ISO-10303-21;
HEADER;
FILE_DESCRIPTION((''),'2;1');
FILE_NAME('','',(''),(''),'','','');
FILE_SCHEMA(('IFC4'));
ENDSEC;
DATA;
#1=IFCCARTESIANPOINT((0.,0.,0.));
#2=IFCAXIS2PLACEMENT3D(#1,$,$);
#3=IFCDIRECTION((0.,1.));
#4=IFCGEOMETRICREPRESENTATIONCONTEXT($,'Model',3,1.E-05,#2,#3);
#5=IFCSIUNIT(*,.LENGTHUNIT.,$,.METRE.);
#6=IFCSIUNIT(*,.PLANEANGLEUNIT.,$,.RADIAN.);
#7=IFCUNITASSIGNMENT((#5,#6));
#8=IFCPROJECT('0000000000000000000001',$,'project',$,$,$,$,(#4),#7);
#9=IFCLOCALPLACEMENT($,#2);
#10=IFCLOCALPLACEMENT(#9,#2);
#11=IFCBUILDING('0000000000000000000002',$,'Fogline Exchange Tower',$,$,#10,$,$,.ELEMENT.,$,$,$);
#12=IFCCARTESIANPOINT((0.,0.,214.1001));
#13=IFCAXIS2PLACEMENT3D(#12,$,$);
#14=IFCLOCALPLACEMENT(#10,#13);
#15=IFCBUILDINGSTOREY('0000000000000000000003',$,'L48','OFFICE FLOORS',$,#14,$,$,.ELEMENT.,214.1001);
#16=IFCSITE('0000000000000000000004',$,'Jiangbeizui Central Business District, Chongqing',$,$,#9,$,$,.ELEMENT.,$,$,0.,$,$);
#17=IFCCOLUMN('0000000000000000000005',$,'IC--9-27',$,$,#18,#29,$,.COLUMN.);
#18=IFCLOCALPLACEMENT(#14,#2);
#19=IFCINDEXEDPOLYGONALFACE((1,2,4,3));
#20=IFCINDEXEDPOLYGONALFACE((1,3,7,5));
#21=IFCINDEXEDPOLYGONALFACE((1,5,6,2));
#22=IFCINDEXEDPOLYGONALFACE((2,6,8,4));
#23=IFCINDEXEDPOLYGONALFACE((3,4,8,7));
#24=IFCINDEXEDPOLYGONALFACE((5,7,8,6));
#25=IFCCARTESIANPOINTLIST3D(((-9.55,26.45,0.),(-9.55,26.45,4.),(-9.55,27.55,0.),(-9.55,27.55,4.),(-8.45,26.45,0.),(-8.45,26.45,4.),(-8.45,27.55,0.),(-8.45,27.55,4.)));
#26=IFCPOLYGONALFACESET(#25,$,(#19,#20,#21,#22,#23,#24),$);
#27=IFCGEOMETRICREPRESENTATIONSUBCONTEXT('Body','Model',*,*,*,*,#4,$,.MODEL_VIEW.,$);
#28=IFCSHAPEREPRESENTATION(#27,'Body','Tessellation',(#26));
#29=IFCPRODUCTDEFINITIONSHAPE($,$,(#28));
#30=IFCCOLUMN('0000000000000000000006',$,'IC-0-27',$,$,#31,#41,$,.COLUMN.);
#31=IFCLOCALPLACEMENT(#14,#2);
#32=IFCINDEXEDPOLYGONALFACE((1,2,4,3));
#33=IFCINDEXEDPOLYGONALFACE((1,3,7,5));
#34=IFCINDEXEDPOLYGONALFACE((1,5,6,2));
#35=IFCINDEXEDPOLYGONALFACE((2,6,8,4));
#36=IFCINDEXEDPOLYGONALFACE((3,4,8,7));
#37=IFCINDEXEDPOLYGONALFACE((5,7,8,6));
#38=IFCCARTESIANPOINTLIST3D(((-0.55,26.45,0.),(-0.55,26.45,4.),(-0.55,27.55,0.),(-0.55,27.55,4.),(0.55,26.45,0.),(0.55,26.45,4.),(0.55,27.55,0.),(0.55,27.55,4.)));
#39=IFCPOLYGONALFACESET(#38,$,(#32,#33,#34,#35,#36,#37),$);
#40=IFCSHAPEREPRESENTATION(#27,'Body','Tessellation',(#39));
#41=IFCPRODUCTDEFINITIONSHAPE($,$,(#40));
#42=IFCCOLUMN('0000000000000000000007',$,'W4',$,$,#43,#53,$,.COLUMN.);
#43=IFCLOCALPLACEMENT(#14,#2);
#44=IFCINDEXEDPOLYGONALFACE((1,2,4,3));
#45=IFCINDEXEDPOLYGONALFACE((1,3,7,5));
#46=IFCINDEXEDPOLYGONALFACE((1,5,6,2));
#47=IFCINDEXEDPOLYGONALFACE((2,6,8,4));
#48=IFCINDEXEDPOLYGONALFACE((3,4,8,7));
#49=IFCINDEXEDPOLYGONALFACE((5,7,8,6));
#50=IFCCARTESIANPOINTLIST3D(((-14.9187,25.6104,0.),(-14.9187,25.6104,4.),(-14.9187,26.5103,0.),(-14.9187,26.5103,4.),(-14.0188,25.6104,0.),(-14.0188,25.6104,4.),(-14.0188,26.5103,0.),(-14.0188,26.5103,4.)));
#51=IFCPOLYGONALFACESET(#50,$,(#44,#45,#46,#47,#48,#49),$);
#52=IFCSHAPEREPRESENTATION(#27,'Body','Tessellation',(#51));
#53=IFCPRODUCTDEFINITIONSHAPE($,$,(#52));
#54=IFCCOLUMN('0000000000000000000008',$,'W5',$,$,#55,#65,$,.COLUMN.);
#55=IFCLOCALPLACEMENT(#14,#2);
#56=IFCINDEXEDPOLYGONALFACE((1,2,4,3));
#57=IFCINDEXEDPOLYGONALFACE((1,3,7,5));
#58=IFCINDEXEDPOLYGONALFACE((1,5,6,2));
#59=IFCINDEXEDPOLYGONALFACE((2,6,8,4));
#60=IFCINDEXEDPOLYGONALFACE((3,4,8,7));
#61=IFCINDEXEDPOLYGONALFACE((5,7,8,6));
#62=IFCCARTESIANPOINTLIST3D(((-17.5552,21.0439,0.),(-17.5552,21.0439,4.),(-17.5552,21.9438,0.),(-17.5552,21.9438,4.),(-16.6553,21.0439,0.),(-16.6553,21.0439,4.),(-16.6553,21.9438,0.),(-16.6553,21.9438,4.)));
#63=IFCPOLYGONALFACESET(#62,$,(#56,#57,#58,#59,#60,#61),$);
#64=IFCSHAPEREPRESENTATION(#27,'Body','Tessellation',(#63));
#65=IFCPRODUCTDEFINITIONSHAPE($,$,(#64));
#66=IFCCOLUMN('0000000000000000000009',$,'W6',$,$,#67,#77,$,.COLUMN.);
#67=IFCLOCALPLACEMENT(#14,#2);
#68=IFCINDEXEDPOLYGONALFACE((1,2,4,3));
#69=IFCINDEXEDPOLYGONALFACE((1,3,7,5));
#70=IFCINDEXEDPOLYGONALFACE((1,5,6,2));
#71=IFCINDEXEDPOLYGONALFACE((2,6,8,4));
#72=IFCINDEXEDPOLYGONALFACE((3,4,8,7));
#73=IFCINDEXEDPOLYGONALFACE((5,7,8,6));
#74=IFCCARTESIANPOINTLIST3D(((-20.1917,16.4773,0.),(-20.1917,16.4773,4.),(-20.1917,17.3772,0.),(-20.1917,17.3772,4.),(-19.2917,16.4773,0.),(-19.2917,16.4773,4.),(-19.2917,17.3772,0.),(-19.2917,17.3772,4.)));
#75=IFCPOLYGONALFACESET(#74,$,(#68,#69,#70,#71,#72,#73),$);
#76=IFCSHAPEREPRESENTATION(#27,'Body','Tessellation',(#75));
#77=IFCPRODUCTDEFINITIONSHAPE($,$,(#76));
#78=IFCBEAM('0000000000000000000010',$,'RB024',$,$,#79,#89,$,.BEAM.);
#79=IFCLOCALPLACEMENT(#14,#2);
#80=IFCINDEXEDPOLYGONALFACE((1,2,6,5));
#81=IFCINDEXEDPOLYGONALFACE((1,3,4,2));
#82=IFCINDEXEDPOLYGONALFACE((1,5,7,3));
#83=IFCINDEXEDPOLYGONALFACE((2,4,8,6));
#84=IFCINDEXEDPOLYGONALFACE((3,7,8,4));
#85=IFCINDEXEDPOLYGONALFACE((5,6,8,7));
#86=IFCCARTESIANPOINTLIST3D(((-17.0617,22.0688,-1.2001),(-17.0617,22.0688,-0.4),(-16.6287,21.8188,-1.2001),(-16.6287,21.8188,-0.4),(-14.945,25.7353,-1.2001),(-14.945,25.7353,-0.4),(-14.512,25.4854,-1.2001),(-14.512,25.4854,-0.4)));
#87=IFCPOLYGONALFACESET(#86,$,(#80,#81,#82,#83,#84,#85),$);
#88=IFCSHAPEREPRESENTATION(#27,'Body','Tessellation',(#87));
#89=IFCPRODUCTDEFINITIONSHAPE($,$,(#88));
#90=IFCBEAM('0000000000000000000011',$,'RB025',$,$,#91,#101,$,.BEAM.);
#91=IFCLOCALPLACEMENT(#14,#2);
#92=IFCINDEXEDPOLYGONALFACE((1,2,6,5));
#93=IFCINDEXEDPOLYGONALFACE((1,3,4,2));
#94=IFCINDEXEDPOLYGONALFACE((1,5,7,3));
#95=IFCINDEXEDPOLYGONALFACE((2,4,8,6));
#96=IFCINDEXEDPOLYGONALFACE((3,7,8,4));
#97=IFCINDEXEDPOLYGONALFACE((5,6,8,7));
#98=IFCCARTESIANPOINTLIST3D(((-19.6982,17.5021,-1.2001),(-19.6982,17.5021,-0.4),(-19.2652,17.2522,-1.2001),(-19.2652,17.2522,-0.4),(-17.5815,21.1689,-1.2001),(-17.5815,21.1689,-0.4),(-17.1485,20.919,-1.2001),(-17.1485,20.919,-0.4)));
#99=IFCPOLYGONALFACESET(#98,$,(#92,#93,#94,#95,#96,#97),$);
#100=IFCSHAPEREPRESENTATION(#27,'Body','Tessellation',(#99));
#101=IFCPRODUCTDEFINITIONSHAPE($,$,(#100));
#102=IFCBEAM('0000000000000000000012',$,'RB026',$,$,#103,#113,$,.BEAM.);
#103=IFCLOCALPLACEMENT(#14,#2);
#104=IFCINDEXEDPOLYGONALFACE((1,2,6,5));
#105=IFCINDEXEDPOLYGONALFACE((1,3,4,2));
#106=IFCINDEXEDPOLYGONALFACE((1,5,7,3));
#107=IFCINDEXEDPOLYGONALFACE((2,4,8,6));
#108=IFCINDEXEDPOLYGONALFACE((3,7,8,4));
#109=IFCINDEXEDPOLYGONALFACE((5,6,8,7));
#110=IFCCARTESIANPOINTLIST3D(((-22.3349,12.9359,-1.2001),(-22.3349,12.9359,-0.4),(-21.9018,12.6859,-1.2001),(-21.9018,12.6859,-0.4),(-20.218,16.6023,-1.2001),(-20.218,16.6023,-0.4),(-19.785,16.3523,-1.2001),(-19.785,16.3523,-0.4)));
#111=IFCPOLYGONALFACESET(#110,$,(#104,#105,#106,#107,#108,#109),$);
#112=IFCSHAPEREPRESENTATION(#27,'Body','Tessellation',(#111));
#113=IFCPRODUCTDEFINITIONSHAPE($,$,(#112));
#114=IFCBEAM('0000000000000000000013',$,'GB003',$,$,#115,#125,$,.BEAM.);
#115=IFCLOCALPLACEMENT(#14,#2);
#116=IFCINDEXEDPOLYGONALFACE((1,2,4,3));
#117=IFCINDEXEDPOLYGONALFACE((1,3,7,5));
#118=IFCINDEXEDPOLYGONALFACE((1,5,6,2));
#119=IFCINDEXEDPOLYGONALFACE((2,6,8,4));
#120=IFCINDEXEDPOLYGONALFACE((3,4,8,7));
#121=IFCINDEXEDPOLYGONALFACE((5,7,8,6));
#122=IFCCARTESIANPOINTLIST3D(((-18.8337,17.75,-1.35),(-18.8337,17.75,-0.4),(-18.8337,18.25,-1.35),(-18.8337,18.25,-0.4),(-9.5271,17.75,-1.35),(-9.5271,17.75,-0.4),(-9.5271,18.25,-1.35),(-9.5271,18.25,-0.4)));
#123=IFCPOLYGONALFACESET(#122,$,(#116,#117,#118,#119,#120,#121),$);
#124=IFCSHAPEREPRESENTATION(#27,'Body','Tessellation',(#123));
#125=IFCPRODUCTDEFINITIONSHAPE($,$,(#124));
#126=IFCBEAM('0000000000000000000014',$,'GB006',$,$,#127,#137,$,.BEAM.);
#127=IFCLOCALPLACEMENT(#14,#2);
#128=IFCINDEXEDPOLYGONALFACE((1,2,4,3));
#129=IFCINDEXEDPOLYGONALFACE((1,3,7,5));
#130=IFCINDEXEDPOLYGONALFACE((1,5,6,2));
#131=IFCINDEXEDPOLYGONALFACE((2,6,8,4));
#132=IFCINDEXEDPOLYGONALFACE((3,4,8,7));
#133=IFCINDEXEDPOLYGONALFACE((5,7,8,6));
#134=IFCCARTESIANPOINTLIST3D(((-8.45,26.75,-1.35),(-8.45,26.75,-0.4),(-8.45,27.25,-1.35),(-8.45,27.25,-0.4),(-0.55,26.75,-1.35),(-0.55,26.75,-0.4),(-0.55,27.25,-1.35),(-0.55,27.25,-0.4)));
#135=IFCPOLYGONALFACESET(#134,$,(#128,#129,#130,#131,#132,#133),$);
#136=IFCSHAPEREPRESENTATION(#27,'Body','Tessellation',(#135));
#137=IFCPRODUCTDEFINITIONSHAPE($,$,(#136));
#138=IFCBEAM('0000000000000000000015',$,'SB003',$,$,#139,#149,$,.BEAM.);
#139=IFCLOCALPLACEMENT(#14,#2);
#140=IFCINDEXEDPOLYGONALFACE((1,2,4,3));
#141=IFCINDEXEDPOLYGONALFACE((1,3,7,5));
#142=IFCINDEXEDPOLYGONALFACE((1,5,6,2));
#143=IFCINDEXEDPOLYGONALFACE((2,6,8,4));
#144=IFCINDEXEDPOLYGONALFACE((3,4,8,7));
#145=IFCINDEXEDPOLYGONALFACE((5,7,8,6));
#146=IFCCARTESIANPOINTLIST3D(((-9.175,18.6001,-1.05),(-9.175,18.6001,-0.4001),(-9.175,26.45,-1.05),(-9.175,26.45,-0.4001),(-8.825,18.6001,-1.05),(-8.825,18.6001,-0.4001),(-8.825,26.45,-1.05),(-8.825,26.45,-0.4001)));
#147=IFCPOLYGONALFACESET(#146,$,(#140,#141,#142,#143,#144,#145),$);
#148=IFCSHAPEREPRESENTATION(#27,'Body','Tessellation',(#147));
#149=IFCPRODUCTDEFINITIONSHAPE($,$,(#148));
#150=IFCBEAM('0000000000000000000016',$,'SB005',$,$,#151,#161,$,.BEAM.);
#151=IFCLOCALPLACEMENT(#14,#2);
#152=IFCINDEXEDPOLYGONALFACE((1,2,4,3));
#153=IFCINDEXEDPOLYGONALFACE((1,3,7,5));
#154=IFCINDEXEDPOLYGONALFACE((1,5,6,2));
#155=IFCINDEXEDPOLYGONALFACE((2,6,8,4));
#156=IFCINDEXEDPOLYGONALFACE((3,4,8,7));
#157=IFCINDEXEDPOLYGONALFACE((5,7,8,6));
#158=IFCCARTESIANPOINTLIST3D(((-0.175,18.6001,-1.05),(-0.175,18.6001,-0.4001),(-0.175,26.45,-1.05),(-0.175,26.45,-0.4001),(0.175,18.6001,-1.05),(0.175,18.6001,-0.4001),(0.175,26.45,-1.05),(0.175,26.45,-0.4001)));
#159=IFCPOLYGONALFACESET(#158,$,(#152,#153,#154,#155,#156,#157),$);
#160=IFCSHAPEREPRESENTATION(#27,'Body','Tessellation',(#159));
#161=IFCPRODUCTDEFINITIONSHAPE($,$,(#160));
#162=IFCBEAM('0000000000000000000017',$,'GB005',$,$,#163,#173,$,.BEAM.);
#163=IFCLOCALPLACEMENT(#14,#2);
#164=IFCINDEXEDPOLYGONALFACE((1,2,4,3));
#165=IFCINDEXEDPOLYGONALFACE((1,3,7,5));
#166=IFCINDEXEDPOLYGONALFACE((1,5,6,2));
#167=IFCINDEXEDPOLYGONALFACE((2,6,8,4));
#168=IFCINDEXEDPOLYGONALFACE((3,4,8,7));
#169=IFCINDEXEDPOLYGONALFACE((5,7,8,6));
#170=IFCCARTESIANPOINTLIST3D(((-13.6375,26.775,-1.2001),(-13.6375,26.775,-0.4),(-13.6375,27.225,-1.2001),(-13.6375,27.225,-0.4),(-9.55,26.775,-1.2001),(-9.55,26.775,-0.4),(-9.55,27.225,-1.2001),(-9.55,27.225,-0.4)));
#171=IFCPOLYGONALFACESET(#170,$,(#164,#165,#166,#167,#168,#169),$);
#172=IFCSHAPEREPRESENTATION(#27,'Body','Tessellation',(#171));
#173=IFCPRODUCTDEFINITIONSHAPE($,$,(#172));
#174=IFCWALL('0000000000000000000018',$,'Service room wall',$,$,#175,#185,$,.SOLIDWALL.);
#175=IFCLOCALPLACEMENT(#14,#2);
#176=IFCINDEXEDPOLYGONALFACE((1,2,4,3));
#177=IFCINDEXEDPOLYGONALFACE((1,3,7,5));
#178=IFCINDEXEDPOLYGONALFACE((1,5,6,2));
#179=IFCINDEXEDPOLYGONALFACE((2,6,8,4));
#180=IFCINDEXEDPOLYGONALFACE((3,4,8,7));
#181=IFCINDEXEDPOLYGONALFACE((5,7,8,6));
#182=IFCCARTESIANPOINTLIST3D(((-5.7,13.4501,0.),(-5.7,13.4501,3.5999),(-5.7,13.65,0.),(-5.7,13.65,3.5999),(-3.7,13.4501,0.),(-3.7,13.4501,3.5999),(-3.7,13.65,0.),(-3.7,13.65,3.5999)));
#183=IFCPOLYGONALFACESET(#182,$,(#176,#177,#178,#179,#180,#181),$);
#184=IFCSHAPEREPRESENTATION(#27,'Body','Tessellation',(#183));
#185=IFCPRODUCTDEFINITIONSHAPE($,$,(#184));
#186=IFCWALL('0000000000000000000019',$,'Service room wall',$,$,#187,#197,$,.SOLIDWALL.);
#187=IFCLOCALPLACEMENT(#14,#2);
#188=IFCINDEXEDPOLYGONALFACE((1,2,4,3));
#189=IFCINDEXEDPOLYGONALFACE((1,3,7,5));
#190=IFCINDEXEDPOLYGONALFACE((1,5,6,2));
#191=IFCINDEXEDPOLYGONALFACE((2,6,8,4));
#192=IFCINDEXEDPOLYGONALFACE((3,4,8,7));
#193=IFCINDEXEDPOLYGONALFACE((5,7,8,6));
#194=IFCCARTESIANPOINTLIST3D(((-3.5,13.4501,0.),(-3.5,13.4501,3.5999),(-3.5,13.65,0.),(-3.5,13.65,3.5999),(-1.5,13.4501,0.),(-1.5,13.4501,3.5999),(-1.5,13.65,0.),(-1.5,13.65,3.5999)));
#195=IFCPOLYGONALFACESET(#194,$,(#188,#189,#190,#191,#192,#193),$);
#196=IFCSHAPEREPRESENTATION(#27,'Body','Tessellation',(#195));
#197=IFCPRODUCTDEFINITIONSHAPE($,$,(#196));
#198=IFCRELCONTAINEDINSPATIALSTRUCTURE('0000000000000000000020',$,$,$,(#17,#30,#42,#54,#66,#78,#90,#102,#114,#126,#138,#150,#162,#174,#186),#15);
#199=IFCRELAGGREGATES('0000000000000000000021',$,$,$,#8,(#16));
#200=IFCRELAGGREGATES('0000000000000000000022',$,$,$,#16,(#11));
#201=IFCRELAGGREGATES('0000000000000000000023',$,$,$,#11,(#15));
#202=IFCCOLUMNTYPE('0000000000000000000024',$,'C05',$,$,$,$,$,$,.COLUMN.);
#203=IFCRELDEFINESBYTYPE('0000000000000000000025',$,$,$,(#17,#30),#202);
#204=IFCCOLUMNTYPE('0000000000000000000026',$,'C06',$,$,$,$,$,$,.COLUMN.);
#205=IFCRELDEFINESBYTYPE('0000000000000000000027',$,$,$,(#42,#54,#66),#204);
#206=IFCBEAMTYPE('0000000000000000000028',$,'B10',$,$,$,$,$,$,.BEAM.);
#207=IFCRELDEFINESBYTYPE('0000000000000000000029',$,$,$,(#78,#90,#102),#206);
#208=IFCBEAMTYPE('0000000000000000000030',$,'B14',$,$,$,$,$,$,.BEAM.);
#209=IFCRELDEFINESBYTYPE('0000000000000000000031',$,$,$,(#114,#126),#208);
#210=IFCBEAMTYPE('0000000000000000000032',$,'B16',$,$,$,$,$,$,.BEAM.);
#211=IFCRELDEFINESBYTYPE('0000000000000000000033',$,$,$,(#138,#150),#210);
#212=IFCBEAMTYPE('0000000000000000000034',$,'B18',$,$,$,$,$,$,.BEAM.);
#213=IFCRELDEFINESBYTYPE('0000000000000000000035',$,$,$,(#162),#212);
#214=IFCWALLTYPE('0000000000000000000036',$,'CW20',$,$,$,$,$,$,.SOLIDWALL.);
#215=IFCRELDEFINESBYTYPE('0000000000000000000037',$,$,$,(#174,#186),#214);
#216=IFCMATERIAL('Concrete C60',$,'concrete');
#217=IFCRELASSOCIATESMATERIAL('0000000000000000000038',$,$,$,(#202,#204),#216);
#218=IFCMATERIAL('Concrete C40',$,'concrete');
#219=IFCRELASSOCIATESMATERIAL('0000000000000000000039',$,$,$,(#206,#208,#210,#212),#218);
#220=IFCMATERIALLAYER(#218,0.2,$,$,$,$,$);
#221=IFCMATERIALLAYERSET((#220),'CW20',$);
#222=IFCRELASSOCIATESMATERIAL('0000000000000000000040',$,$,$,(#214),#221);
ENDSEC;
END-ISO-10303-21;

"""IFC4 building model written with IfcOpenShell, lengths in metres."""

from ifc_helpers import new_model, si_unit, direction, frame, frame_2d, origin, origin_2d, place, context, subcontext, project, spatial, rectangle, extrude, material, layer, layer_set, material_profile, profile_set, type_object, element, save


model = new_model("IFC4")

# Units and contexts
model_context = context("Model", 3, precision=1e-05, world=origin(), true_north=direction((0.0, 1.0)))
body_context = subcontext(model_context, "Body", "Model", "MODEL_VIEW")
ifc_project = project(units=[si_unit("LENGTHUNIT", "METRE"), si_unit("PLANEANGLEUNIT", "RADIAN")], contexts=[model_context])

# Site, building, storey
site_placement = place(None, origin())
site = spatial("IfcSite", under=ifc_project, at=site_placement, Name="Jiangbeizui Central Business District, Chongqing", CompositionType="ELEMENT", RefElevation=0.0)
building_placement = place(site_placement, origin())
building = spatial("IfcBuilding", under=site, at=building_placement, Name="Fogline Exchange Tower", CompositionType="ELEMENT")
storey_placement = place(building_placement, frame((0.0, 0.0, 214.1001)))
storey = spatial("IfcBuildingStorey", under=building, at=storey_placement, Name="L48", Description="OFFICE FLOORS", CompositionType="ELEMENT", Elevation=214.1001)

# Columns
ifc_material_1 = material(Name="Concrete C60", Category="concrete")
ifc_material_profile_1 = material_profile(ifc_material_1, rectangle(XDim=1.1001, YDim=1.1001, at=origin_2d()), Name="RC 1100x1100")
ifc_profile_set_1 = profile_set([ifc_material_profile_1], Name="Concrete C60")
column_type_1 = type_object("IfcColumnType", Name="C05", PredefinedType="COLUMN", material=ifc_profile_set_1)
for number, where, z_axis, x_axis, name in (
    (1, (-9.0, 27.0, 0.0), (0.0, 0.0, 1.0), (1.0, 0.0, 0.0), "IC--9-27"),
    (2, (0.0, 27.0, 0.0), (0.0, 0.0, 1.0), (1.0, 0.0, 0.0), "IC-0-27"),
):
    element("IfcColumn", number, at=place(storey_placement, frame(where, z_axis=z_axis, x_axis=x_axis)), inside=storey, type_object=column_type_1, Name=name, PredefinedType="COLUMN", context=body_context, shape_type="SweptSolid", body=[
        extrude(rectangle(XDim=1.1001, YDim=1.1001, at=origin_2d()), origin(), (0.0, 0.0, 1.0), 4.0),
    ])
ifc_material_profile_2 = material_profile(ifc_material_1, rectangle(XDim=0.8999, YDim=0.8999, at=origin_2d()), Name="RC 900x900")
ifc_profile_set_2 = profile_set([ifc_material_profile_2], Name="Concrete C60")
column_type_2 = type_object("IfcColumnType", Name="C06", PredefinedType="COLUMN", material=ifc_profile_set_2)
for number, where, z_axis, x_axis, name in (
    (3, (-14.4688, 26.0603, 0.0), (0.0, 0.0, 1.0), (1.0, 0.0, 0.0), "W4"),
    (4, (-17.1052, 21.4939, 0.0), (0.0, 0.0, 1.0), (1.0, 0.0, 0.0), "W5"),
    (5, (-19.7417, 16.9272, 0.0), (0.0, 0.0, 1.0), (1.0, 0.0, 0.0), "W6"),
):
    element("IfcColumn", number, at=place(storey_placement, frame(where, z_axis=z_axis, x_axis=x_axis)), inside=storey, type_object=column_type_2, Name=name, PredefinedType="COLUMN", context=body_context, shape_type="SweptSolid", body=[
        extrude(rectangle(XDim=0.8999, YDim=0.8999, at=origin_2d()), origin(), (0.0, 0.0, 1.0), 4.0),
    ])

# Beams
ifc_material_2 = material(Name="Concrete C40", Category="concrete")
ifc_material_profile_3 = material_profile(ifc_material_2, rectangle(XDim=0.5, YDim=0.8, at=origin_2d()), Name="RC 500x800")
ifc_profile_set_3 = profile_set([ifc_material_profile_3], Name="Concrete C40")
beam_type_1 = type_object("IfcBeamType", Name="B10", PredefinedType="BEAM", material=ifc_profile_set_3)
beam_1_placement = place(storey_placement, frame((-14.7285, 25.6104, -0.8), z_axis=(-0.499972, -0.866042, 0.0), x_axis=(0.866042, -0.499972, 0.0)))
element("IfcBeam", 6, at=beam_1_placement, inside=storey, type_object=beam_type_1, Name="RB024", PredefinedType="BEAM", context=body_context, shape_type="SweptSolid", body=[
    extrude(rectangle(XDim=0.5, YDim=0.8, at=origin_2d()), origin(), (0.0, 0.0, 1.0), 4.2336),
])
beam_2_placement = place(storey_placement, frame((-17.365, 21.0439, -0.8), z_axis=(-0.499947, -0.866056, 0.0), x_axis=(0.866056, -0.499947, 0.0)))
element("IfcBeam", 7, at=beam_2_placement, inside=storey, type_object=beam_type_1, Name="RB025", PredefinedType="BEAM", context=body_context, shape_type="SweptSolid", body=[
    extrude(rectangle(XDim=0.5, YDim=0.8, at=origin_2d()), origin(), (0.0, 0.0, 1.0), 4.2339),
])
beam_3_placement = place(storey_placement, frame((-20.0015, 16.4773, -0.8), z_axis=(-0.500015, -0.866017, 0.0), x_axis=(0.866017, -0.500015, 0.0)))
element("IfcBeam", 8, at=beam_3_placement, inside=storey, type_object=beam_type_1, Name="RB026", PredefinedType="BEAM", context=body_context, shape_type="SweptSolid", body=[
    extrude(rectangle(XDim=0.5, YDim=0.8, at=origin_2d()), origin(), (0.0, 0.0, 1.0), 4.2336),
])
ifc_material_profile_4 = material_profile(ifc_material_2, rectangle(XDim=0.5, YDim=0.95, at=origin_2d()), Name="RC 500x950")
ifc_profile_set_4 = profile_set([ifc_material_profile_4], Name="Concrete C40")
beam_type_2 = type_object("IfcBeamType", Name="B14", PredefinedType="BEAM", material=ifc_profile_set_4)
beam_4_placement = place(storey_placement, frame((-18.8337, 18.0, -0.875), z_axis=(1.0, 0.0, 0.0), x_axis=(0.0, 1.0, 0.0)))
element("IfcBeam", 9, at=beam_4_placement, inside=storey, type_object=beam_type_2, Name="GB003", PredefinedType="BEAM", context=body_context, shape_type="SweptSolid", body=[
    extrude(rectangle(XDim=0.5, YDim=0.95, at=origin_2d()), origin(), (0.0, 0.0, 1.0), 9.3066),
])
beam_5_placement = place(storey_placement, frame((-8.45, 27.0, -0.875), z_axis=(1.0, 0.0, 0.0), x_axis=(0.0, 1.0, 0.0)))
element("IfcBeam", 10, at=beam_5_placement, inside=storey, type_object=beam_type_2, Name="GB006", PredefinedType="BEAM", context=body_context, shape_type="SweptSolid", body=[
    extrude(rectangle(XDim=0.5, YDim=0.95, at=origin_2d()), origin(), (0.0, 0.0, 1.0), 7.8999),
])
ifc_material_profile_5 = material_profile(ifc_material_2, rectangle(XDim=0.3501, YDim=0.6499, at=origin_2d()), Name="RC 350x650")
ifc_profile_set_5 = profile_set([ifc_material_profile_5], Name="Concrete C40")
beam_type_3 = type_object("IfcBeamType", Name="B16", PredefinedType="BEAM", material=ifc_profile_set_5)
for number, where, z_axis, x_axis, name in (
    (11, (-9.0, 18.6001, -0.7251), (0.0, 1.0, 0.0), (-1.0, 0.0, 0.0), "SB003"),
    (12, (0.0, 18.6001, -0.7251), (0.0, 1.0, 0.0), (-1.0, 0.0, 0.0), "SB005"),
):
    element("IfcBeam", number, at=place(storey_placement, frame(where, z_axis=z_axis, x_axis=x_axis)), inside=storey, type_object=beam_type_3, Name=name, PredefinedType="BEAM", context=body_context, shape_type="SweptSolid", body=[
        extrude(rectangle(XDim=0.3501, YDim=0.6499, at=origin_2d()), origin(), (0.0, 0.0, 1.0), 7.8499),
    ])
ifc_material_profile_6 = material_profile(ifc_material_2, rectangle(XDim=0.45, YDim=0.8, at=origin_2d()), Name="RC 450x800")
ifc_profile_set_6 = profile_set([ifc_material_profile_6], Name="Concrete C40")
beam_type_4 = type_object("IfcBeamType", Name="B18", PredefinedType="BEAM", material=ifc_profile_set_6)
beam_6_placement = place(storey_placement, frame((-13.6375, 27.0, -0.8), z_axis=(1.0, 0.0, 0.0), x_axis=(0.0, 1.0, 0.0)))
element("IfcBeam", 13, at=beam_6_placement, inside=storey, type_object=beam_type_4, Name="GB005", PredefinedType="BEAM", context=body_context, shape_type="SweptSolid", body=[
    extrude(rectangle(XDim=0.45, YDim=0.8, at=origin_2d()), origin(), (0.0, 0.0, 1.0), 4.0874),
])

# Walls
ifc_layer_1 = layer(ifc_material_2, 0.2)
ifc_layer_set_1 = layer_set([ifc_layer_1], Name="CW20")
wall_type_1 = type_object("IfcWallType", Name="CW20", PredefinedType="SOLIDWALL", material=ifc_layer_set_1)
for number, where, z_axis, x_axis, name in (
    (14, (-5.7, 13.55, 0.0), (0.0, 0.0, 1.0), (1.0, 0.0, 0.0), "Service room wall"),
    (15, (-3.5, 13.55, 0.0), (0.0, 0.0, 1.0), (1.0, 0.0, 0.0), "Service room wall"),
):
    element("IfcWall", number, at=place(storey_placement, frame(where, z_axis=z_axis, x_axis=x_axis)), inside=storey, type_object=wall_type_1, Name=name, PredefinedType="SOLIDWALL", context=body_context, shape_type="SweptSolid", body=[
        extrude(rectangle(XDim=2.0, YDim=0.2, at=frame_2d((1.0, 0.0))), origin(), (0.0, 0.0, 1.0), 3.5999),
    ])

save(model, "model.ifc")
